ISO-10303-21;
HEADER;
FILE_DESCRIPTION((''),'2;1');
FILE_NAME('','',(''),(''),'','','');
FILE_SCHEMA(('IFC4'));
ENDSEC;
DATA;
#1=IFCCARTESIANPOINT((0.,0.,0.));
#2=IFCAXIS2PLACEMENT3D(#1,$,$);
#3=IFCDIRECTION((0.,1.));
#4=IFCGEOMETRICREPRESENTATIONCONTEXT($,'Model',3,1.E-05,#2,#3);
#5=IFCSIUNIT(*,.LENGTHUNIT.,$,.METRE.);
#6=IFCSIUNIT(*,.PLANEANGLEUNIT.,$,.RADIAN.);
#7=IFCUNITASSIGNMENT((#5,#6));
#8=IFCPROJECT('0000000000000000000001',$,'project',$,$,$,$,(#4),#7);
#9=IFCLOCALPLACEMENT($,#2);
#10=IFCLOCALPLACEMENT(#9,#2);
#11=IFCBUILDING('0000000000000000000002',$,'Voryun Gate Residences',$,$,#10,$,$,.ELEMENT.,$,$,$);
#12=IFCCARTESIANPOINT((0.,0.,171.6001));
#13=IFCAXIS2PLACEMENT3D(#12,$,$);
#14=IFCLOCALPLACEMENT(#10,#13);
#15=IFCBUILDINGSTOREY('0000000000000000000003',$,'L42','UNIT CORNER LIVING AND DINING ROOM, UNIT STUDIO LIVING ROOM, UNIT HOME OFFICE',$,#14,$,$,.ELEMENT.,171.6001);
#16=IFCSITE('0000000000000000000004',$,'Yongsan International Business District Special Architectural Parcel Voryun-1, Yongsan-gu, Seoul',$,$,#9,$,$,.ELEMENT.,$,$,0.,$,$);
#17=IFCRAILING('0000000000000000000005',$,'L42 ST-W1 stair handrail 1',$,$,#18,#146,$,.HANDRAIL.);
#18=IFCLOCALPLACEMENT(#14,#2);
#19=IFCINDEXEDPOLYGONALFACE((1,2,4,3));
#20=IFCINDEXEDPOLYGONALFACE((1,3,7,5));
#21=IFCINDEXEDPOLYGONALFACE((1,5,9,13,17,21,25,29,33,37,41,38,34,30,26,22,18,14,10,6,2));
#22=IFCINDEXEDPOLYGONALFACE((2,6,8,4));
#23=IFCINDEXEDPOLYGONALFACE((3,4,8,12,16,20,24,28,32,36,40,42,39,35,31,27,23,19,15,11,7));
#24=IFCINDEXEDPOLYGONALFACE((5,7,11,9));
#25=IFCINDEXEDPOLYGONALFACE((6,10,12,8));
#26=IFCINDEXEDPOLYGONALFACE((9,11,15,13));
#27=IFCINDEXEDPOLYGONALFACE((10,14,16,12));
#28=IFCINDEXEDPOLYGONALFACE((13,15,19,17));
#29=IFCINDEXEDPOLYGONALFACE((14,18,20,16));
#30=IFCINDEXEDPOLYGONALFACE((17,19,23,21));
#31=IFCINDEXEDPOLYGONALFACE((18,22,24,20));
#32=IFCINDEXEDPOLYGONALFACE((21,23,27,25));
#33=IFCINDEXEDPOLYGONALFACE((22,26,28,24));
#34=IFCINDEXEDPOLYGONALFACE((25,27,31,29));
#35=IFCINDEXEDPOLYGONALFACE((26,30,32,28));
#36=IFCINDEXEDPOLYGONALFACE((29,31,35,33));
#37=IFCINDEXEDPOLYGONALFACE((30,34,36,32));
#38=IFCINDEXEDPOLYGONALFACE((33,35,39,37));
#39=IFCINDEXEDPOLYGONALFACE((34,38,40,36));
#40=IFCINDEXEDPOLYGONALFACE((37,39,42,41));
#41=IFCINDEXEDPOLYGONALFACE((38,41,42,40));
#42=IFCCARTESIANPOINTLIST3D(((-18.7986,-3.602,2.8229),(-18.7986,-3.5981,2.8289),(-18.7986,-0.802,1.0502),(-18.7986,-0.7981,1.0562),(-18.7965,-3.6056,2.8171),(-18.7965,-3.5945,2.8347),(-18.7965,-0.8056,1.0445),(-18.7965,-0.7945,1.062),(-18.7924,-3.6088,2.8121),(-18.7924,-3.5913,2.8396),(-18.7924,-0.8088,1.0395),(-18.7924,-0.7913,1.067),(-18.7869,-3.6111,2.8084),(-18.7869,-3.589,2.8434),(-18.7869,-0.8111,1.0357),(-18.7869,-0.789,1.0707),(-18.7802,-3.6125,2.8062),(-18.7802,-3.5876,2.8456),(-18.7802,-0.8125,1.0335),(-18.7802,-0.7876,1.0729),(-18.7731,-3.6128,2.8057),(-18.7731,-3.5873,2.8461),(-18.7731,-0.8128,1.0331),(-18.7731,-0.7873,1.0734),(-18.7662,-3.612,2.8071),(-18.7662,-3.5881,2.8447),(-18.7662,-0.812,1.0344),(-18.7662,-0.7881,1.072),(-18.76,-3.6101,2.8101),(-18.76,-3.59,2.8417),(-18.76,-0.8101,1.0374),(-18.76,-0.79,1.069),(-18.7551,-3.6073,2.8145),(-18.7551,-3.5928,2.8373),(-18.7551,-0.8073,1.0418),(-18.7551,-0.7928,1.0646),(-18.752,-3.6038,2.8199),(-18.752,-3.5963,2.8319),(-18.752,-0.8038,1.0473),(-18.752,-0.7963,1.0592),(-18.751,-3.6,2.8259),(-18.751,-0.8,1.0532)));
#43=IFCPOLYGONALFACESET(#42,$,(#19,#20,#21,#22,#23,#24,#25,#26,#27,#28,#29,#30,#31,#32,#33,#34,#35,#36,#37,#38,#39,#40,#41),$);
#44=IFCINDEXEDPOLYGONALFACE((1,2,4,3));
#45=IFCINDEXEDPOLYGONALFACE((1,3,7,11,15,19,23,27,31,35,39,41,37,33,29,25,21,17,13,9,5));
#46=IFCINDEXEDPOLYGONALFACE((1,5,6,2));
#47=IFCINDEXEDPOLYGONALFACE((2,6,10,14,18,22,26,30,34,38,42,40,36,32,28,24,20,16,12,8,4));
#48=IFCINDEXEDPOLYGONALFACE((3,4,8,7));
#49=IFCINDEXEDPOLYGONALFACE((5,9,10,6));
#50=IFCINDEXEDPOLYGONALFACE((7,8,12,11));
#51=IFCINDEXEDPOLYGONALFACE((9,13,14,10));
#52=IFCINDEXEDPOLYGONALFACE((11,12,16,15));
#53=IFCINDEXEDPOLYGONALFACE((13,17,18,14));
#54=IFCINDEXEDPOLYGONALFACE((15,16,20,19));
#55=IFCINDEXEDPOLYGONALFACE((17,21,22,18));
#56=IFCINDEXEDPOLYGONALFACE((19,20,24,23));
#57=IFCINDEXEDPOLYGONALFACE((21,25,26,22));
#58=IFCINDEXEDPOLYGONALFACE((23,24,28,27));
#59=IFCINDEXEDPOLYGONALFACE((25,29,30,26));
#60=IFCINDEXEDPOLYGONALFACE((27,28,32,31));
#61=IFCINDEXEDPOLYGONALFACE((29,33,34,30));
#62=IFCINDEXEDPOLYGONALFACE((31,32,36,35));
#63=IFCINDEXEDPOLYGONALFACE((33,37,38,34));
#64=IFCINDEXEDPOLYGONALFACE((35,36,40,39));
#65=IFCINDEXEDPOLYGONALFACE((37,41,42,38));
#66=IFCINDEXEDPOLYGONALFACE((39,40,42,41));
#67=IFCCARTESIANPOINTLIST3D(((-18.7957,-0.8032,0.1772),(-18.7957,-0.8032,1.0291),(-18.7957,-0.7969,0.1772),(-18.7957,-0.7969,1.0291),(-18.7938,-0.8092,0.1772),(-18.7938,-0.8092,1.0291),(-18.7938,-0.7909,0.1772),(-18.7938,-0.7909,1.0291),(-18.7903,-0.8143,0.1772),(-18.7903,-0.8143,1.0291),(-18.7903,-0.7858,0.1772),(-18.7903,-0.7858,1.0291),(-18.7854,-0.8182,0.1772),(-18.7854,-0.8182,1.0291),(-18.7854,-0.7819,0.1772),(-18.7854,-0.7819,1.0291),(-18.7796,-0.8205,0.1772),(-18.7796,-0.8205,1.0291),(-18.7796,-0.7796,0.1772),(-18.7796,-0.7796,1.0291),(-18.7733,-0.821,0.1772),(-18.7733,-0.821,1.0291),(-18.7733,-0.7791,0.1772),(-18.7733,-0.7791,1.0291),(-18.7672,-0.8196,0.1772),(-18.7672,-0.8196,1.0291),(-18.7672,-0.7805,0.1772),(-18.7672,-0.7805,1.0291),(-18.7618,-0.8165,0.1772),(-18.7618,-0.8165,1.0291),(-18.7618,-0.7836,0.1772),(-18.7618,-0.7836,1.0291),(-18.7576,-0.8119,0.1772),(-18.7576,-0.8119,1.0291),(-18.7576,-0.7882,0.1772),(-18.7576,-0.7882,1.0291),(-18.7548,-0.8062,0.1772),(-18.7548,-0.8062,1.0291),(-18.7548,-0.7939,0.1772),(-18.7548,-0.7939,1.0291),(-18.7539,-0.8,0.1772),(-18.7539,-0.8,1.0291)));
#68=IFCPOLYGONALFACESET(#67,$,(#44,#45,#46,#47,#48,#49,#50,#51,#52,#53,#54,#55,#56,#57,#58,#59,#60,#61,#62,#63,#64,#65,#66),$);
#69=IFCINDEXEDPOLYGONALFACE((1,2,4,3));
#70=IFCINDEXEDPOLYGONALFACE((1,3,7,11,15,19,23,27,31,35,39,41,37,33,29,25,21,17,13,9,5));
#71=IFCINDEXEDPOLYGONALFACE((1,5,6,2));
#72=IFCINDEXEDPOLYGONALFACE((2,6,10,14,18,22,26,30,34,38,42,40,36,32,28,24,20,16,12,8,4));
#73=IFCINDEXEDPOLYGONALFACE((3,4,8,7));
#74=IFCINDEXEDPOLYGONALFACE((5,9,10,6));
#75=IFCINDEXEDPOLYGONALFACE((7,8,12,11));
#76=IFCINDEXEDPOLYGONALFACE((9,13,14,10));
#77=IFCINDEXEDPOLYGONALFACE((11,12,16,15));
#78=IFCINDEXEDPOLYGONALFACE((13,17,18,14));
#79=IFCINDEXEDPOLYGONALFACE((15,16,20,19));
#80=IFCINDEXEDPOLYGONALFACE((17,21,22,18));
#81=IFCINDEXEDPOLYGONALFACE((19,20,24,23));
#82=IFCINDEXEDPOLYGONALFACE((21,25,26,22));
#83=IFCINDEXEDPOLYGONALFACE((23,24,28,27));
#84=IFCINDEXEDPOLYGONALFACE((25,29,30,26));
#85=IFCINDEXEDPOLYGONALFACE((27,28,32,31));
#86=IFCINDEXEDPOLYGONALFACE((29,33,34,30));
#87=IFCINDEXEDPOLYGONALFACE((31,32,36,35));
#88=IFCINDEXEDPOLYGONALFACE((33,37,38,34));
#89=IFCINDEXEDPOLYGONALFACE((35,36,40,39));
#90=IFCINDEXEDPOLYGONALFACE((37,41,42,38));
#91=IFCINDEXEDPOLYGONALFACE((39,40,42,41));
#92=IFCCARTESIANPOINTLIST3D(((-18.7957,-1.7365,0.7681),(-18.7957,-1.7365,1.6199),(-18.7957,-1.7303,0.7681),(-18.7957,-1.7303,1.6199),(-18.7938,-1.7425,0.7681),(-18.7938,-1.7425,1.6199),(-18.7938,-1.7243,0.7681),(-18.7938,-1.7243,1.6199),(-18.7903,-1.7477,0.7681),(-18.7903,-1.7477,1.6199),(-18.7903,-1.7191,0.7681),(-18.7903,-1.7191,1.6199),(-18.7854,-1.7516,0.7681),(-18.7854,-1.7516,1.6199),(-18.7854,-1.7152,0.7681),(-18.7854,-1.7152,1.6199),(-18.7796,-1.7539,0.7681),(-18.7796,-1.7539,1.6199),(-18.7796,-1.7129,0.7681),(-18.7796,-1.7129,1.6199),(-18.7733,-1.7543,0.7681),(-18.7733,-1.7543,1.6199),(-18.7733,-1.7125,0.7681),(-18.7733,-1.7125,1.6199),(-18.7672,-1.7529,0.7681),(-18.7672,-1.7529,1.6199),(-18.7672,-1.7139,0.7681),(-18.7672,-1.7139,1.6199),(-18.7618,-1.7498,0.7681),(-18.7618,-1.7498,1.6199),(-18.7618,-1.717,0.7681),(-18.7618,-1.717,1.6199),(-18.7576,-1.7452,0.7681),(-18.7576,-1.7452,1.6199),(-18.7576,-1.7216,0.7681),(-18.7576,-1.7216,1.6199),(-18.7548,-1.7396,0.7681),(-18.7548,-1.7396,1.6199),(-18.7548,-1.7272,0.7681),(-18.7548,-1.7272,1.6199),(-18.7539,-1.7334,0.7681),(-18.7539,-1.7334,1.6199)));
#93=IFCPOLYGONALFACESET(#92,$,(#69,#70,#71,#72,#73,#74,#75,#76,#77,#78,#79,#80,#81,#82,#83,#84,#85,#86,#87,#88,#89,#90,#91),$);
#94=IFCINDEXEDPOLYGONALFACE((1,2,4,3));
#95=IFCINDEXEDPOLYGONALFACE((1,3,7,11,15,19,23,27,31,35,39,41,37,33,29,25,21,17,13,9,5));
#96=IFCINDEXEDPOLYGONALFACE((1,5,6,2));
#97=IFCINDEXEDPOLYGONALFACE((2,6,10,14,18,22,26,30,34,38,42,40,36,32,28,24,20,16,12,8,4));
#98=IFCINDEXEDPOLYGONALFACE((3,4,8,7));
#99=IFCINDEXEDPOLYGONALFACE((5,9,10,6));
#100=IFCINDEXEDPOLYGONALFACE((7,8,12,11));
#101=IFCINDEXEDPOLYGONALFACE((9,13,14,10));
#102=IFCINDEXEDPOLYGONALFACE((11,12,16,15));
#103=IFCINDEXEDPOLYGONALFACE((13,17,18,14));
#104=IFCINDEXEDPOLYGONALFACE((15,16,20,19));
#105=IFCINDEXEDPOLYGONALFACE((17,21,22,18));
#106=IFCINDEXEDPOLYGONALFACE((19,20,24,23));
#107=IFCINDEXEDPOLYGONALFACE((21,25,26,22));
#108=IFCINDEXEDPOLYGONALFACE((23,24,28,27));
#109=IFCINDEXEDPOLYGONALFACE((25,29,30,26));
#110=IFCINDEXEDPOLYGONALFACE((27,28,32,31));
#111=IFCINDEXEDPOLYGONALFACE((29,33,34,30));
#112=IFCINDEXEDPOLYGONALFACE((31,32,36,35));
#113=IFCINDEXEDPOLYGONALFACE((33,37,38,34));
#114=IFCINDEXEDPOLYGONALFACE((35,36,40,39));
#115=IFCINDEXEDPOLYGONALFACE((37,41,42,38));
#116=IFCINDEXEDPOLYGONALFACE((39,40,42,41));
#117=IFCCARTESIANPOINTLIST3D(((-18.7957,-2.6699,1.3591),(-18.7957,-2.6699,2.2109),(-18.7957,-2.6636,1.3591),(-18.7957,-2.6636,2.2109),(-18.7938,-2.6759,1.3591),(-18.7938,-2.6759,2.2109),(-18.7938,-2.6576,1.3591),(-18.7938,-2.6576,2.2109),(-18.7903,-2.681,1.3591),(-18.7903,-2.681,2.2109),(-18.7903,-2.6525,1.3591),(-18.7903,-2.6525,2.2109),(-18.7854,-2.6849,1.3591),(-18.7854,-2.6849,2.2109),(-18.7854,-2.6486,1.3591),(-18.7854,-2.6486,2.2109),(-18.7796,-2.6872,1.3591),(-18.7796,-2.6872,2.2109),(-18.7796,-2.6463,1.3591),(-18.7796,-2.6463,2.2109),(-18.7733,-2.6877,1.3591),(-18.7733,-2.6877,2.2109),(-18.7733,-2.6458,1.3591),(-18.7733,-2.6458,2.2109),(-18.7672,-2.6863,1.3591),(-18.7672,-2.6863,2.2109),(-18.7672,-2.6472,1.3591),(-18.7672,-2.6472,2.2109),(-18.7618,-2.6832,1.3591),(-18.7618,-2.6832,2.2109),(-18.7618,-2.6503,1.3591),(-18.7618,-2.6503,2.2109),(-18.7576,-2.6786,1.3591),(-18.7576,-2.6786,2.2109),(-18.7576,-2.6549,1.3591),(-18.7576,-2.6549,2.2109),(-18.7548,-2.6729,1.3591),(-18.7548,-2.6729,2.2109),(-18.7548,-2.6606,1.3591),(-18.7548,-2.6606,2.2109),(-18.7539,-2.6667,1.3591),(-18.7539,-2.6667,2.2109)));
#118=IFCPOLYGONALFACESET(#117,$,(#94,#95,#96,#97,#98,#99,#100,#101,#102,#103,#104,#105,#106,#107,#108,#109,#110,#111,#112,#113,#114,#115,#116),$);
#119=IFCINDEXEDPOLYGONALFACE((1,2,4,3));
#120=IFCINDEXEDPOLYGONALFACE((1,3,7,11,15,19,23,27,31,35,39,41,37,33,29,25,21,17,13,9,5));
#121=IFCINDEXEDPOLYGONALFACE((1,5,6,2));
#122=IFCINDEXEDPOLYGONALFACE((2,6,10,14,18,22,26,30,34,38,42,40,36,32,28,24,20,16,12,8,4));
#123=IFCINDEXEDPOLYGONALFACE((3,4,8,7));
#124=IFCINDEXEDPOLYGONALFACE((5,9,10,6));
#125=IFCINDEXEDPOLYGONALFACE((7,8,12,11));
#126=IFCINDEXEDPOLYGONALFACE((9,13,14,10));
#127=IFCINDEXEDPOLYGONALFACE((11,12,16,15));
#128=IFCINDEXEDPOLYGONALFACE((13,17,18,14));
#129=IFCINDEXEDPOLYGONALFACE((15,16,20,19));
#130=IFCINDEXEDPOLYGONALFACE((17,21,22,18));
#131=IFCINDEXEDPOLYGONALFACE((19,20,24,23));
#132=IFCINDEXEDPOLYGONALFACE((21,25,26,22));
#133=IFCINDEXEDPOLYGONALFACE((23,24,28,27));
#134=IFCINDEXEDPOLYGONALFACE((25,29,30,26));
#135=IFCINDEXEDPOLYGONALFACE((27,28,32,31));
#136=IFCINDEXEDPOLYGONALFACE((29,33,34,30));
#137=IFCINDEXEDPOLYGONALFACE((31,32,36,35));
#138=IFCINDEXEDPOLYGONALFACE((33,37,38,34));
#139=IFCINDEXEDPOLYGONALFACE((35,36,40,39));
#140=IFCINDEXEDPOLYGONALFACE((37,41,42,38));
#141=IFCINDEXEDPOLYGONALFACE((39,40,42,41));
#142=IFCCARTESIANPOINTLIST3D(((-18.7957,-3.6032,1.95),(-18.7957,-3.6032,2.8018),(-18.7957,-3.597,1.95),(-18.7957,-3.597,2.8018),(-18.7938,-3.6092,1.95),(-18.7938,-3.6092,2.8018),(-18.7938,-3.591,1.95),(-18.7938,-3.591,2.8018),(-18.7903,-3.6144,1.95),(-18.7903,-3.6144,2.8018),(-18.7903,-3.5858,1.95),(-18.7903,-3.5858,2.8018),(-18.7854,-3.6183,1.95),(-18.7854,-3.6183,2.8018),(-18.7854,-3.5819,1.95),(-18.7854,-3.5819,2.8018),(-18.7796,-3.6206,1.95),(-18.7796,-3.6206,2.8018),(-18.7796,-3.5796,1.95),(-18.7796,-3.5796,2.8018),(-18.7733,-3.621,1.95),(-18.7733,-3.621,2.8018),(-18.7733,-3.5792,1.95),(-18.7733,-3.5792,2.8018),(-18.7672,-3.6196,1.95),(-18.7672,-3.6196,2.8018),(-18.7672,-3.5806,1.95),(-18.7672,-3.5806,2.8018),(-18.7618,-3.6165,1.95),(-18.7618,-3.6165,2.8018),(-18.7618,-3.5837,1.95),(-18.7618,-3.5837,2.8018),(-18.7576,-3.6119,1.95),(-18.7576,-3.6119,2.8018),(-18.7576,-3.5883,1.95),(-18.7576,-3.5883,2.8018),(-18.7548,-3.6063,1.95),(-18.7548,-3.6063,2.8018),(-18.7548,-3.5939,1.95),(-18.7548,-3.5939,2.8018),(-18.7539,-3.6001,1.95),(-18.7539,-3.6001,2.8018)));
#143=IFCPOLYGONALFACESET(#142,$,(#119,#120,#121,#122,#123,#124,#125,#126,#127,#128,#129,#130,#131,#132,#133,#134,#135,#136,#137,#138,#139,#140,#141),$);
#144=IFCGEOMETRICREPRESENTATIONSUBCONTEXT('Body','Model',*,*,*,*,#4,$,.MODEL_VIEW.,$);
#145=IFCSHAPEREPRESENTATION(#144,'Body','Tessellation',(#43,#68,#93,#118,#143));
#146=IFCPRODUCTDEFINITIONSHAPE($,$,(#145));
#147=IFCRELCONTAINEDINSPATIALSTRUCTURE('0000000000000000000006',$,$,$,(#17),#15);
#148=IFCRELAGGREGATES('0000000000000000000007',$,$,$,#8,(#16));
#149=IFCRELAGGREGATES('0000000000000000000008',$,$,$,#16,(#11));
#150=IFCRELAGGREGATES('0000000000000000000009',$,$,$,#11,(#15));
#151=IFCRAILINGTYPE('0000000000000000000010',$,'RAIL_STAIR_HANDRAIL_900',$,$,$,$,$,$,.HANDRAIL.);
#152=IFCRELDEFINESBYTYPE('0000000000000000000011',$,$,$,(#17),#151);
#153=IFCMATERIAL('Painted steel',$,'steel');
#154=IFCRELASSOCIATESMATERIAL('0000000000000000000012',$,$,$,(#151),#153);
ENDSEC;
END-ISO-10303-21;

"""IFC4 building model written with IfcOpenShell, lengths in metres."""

from ifc_helpers import new_model, si_unit, direction, frame, origin, origin_2d, place, context, subcontext, project, spatial, circle, extrude, material, type_object, element, save


model = new_model("IFC4")

# Units and contexts
model_context = context("Model", 3, precision=1e-05, world=origin(), true_north=direction((0.0, 1.0)))
body_context = subcontext(model_context, "Body", "Model", "MODEL_VIEW")
ifc_project = project(units=[si_unit("LENGTHUNIT", "METRE"), si_unit("PLANEANGLEUNIT", "RADIAN")], contexts=[model_context])

# Site, building, storey
site_placement = place(None, origin())
site = spatial("IfcSite", under=ifc_project, at=site_placement, Name="Yongsan International Business District Special Architectural Parcel Voryun-1, Yongsan-gu, Seoul", CompositionType="ELEMENT", RefElevation=0.0)
building_placement = place(site_placement, origin())
building = spatial("IfcBuilding", under=site, at=building_placement, Name="Voryun Gate Residences", CompositionType="ELEMENT")
storey_placement = place(building_placement, frame((0.0, 0.0, 171.6001)))
storey = spatial("IfcBuildingStorey", under=building, at=storey_placement, Name="L42", Description="UNIT CORNER LIVING AND DINING ROOM, UNIT STUDIO LIVING ROOM, UNIT HOME OFFICE", CompositionType="ELEMENT", Elevation=171.6001)

# Railing
ifc_material_1 = material(Name="Painted steel", Category="steel")
railing_type_1 = type_object("IfcRailingType", Name="RAIL_STAIR_HANDRAIL_900", PredefinedType="HANDRAIL", material=ifc_material_1)
railing_1_placement = place(storey_placement, frame((-18.7749, -0.8, 0.1772)))
element("IfcRailing", 1, at=railing_1_placement, inside=storey, type_object=railing_type_1, Name="L42 ST-W1 stair handrail 1", PredefinedType="HANDRAIL", context=body_context, shape_type="SweptSolid", body=[
    extrude(circle(Radius=0.0239, at=origin_2d()), frame((0.0, 0.0, 0.876), z_axis=(0.0, -0.844909, 0.53491), x_axis=(1.0, 0.0, 0.0)), (0.0, 0.0, 1.0), 3.314),
    extrude(circle(Radius=0.021, at=origin_2d()), origin(), (0.0, 0.0, 1.0), 0.8518),
    extrude(circle(Radius=0.021, at=origin_2d()), frame((0.0, -0.9333, 0.5908)), (0.0, 0.0, 1.0), 0.8518),
    extrude(circle(Radius=0.021, at=origin_2d()), frame((0.0, -1.8667, 1.1819)), (0.0, 0.0, 1.0), 0.8518),
    extrude(circle(Radius=0.021, at=origin_2d()), frame((0.0, -2.8, 1.7727)), (0.0, 0.0, 1.0), 0.8518),
])

save(model, "model.ifc")
